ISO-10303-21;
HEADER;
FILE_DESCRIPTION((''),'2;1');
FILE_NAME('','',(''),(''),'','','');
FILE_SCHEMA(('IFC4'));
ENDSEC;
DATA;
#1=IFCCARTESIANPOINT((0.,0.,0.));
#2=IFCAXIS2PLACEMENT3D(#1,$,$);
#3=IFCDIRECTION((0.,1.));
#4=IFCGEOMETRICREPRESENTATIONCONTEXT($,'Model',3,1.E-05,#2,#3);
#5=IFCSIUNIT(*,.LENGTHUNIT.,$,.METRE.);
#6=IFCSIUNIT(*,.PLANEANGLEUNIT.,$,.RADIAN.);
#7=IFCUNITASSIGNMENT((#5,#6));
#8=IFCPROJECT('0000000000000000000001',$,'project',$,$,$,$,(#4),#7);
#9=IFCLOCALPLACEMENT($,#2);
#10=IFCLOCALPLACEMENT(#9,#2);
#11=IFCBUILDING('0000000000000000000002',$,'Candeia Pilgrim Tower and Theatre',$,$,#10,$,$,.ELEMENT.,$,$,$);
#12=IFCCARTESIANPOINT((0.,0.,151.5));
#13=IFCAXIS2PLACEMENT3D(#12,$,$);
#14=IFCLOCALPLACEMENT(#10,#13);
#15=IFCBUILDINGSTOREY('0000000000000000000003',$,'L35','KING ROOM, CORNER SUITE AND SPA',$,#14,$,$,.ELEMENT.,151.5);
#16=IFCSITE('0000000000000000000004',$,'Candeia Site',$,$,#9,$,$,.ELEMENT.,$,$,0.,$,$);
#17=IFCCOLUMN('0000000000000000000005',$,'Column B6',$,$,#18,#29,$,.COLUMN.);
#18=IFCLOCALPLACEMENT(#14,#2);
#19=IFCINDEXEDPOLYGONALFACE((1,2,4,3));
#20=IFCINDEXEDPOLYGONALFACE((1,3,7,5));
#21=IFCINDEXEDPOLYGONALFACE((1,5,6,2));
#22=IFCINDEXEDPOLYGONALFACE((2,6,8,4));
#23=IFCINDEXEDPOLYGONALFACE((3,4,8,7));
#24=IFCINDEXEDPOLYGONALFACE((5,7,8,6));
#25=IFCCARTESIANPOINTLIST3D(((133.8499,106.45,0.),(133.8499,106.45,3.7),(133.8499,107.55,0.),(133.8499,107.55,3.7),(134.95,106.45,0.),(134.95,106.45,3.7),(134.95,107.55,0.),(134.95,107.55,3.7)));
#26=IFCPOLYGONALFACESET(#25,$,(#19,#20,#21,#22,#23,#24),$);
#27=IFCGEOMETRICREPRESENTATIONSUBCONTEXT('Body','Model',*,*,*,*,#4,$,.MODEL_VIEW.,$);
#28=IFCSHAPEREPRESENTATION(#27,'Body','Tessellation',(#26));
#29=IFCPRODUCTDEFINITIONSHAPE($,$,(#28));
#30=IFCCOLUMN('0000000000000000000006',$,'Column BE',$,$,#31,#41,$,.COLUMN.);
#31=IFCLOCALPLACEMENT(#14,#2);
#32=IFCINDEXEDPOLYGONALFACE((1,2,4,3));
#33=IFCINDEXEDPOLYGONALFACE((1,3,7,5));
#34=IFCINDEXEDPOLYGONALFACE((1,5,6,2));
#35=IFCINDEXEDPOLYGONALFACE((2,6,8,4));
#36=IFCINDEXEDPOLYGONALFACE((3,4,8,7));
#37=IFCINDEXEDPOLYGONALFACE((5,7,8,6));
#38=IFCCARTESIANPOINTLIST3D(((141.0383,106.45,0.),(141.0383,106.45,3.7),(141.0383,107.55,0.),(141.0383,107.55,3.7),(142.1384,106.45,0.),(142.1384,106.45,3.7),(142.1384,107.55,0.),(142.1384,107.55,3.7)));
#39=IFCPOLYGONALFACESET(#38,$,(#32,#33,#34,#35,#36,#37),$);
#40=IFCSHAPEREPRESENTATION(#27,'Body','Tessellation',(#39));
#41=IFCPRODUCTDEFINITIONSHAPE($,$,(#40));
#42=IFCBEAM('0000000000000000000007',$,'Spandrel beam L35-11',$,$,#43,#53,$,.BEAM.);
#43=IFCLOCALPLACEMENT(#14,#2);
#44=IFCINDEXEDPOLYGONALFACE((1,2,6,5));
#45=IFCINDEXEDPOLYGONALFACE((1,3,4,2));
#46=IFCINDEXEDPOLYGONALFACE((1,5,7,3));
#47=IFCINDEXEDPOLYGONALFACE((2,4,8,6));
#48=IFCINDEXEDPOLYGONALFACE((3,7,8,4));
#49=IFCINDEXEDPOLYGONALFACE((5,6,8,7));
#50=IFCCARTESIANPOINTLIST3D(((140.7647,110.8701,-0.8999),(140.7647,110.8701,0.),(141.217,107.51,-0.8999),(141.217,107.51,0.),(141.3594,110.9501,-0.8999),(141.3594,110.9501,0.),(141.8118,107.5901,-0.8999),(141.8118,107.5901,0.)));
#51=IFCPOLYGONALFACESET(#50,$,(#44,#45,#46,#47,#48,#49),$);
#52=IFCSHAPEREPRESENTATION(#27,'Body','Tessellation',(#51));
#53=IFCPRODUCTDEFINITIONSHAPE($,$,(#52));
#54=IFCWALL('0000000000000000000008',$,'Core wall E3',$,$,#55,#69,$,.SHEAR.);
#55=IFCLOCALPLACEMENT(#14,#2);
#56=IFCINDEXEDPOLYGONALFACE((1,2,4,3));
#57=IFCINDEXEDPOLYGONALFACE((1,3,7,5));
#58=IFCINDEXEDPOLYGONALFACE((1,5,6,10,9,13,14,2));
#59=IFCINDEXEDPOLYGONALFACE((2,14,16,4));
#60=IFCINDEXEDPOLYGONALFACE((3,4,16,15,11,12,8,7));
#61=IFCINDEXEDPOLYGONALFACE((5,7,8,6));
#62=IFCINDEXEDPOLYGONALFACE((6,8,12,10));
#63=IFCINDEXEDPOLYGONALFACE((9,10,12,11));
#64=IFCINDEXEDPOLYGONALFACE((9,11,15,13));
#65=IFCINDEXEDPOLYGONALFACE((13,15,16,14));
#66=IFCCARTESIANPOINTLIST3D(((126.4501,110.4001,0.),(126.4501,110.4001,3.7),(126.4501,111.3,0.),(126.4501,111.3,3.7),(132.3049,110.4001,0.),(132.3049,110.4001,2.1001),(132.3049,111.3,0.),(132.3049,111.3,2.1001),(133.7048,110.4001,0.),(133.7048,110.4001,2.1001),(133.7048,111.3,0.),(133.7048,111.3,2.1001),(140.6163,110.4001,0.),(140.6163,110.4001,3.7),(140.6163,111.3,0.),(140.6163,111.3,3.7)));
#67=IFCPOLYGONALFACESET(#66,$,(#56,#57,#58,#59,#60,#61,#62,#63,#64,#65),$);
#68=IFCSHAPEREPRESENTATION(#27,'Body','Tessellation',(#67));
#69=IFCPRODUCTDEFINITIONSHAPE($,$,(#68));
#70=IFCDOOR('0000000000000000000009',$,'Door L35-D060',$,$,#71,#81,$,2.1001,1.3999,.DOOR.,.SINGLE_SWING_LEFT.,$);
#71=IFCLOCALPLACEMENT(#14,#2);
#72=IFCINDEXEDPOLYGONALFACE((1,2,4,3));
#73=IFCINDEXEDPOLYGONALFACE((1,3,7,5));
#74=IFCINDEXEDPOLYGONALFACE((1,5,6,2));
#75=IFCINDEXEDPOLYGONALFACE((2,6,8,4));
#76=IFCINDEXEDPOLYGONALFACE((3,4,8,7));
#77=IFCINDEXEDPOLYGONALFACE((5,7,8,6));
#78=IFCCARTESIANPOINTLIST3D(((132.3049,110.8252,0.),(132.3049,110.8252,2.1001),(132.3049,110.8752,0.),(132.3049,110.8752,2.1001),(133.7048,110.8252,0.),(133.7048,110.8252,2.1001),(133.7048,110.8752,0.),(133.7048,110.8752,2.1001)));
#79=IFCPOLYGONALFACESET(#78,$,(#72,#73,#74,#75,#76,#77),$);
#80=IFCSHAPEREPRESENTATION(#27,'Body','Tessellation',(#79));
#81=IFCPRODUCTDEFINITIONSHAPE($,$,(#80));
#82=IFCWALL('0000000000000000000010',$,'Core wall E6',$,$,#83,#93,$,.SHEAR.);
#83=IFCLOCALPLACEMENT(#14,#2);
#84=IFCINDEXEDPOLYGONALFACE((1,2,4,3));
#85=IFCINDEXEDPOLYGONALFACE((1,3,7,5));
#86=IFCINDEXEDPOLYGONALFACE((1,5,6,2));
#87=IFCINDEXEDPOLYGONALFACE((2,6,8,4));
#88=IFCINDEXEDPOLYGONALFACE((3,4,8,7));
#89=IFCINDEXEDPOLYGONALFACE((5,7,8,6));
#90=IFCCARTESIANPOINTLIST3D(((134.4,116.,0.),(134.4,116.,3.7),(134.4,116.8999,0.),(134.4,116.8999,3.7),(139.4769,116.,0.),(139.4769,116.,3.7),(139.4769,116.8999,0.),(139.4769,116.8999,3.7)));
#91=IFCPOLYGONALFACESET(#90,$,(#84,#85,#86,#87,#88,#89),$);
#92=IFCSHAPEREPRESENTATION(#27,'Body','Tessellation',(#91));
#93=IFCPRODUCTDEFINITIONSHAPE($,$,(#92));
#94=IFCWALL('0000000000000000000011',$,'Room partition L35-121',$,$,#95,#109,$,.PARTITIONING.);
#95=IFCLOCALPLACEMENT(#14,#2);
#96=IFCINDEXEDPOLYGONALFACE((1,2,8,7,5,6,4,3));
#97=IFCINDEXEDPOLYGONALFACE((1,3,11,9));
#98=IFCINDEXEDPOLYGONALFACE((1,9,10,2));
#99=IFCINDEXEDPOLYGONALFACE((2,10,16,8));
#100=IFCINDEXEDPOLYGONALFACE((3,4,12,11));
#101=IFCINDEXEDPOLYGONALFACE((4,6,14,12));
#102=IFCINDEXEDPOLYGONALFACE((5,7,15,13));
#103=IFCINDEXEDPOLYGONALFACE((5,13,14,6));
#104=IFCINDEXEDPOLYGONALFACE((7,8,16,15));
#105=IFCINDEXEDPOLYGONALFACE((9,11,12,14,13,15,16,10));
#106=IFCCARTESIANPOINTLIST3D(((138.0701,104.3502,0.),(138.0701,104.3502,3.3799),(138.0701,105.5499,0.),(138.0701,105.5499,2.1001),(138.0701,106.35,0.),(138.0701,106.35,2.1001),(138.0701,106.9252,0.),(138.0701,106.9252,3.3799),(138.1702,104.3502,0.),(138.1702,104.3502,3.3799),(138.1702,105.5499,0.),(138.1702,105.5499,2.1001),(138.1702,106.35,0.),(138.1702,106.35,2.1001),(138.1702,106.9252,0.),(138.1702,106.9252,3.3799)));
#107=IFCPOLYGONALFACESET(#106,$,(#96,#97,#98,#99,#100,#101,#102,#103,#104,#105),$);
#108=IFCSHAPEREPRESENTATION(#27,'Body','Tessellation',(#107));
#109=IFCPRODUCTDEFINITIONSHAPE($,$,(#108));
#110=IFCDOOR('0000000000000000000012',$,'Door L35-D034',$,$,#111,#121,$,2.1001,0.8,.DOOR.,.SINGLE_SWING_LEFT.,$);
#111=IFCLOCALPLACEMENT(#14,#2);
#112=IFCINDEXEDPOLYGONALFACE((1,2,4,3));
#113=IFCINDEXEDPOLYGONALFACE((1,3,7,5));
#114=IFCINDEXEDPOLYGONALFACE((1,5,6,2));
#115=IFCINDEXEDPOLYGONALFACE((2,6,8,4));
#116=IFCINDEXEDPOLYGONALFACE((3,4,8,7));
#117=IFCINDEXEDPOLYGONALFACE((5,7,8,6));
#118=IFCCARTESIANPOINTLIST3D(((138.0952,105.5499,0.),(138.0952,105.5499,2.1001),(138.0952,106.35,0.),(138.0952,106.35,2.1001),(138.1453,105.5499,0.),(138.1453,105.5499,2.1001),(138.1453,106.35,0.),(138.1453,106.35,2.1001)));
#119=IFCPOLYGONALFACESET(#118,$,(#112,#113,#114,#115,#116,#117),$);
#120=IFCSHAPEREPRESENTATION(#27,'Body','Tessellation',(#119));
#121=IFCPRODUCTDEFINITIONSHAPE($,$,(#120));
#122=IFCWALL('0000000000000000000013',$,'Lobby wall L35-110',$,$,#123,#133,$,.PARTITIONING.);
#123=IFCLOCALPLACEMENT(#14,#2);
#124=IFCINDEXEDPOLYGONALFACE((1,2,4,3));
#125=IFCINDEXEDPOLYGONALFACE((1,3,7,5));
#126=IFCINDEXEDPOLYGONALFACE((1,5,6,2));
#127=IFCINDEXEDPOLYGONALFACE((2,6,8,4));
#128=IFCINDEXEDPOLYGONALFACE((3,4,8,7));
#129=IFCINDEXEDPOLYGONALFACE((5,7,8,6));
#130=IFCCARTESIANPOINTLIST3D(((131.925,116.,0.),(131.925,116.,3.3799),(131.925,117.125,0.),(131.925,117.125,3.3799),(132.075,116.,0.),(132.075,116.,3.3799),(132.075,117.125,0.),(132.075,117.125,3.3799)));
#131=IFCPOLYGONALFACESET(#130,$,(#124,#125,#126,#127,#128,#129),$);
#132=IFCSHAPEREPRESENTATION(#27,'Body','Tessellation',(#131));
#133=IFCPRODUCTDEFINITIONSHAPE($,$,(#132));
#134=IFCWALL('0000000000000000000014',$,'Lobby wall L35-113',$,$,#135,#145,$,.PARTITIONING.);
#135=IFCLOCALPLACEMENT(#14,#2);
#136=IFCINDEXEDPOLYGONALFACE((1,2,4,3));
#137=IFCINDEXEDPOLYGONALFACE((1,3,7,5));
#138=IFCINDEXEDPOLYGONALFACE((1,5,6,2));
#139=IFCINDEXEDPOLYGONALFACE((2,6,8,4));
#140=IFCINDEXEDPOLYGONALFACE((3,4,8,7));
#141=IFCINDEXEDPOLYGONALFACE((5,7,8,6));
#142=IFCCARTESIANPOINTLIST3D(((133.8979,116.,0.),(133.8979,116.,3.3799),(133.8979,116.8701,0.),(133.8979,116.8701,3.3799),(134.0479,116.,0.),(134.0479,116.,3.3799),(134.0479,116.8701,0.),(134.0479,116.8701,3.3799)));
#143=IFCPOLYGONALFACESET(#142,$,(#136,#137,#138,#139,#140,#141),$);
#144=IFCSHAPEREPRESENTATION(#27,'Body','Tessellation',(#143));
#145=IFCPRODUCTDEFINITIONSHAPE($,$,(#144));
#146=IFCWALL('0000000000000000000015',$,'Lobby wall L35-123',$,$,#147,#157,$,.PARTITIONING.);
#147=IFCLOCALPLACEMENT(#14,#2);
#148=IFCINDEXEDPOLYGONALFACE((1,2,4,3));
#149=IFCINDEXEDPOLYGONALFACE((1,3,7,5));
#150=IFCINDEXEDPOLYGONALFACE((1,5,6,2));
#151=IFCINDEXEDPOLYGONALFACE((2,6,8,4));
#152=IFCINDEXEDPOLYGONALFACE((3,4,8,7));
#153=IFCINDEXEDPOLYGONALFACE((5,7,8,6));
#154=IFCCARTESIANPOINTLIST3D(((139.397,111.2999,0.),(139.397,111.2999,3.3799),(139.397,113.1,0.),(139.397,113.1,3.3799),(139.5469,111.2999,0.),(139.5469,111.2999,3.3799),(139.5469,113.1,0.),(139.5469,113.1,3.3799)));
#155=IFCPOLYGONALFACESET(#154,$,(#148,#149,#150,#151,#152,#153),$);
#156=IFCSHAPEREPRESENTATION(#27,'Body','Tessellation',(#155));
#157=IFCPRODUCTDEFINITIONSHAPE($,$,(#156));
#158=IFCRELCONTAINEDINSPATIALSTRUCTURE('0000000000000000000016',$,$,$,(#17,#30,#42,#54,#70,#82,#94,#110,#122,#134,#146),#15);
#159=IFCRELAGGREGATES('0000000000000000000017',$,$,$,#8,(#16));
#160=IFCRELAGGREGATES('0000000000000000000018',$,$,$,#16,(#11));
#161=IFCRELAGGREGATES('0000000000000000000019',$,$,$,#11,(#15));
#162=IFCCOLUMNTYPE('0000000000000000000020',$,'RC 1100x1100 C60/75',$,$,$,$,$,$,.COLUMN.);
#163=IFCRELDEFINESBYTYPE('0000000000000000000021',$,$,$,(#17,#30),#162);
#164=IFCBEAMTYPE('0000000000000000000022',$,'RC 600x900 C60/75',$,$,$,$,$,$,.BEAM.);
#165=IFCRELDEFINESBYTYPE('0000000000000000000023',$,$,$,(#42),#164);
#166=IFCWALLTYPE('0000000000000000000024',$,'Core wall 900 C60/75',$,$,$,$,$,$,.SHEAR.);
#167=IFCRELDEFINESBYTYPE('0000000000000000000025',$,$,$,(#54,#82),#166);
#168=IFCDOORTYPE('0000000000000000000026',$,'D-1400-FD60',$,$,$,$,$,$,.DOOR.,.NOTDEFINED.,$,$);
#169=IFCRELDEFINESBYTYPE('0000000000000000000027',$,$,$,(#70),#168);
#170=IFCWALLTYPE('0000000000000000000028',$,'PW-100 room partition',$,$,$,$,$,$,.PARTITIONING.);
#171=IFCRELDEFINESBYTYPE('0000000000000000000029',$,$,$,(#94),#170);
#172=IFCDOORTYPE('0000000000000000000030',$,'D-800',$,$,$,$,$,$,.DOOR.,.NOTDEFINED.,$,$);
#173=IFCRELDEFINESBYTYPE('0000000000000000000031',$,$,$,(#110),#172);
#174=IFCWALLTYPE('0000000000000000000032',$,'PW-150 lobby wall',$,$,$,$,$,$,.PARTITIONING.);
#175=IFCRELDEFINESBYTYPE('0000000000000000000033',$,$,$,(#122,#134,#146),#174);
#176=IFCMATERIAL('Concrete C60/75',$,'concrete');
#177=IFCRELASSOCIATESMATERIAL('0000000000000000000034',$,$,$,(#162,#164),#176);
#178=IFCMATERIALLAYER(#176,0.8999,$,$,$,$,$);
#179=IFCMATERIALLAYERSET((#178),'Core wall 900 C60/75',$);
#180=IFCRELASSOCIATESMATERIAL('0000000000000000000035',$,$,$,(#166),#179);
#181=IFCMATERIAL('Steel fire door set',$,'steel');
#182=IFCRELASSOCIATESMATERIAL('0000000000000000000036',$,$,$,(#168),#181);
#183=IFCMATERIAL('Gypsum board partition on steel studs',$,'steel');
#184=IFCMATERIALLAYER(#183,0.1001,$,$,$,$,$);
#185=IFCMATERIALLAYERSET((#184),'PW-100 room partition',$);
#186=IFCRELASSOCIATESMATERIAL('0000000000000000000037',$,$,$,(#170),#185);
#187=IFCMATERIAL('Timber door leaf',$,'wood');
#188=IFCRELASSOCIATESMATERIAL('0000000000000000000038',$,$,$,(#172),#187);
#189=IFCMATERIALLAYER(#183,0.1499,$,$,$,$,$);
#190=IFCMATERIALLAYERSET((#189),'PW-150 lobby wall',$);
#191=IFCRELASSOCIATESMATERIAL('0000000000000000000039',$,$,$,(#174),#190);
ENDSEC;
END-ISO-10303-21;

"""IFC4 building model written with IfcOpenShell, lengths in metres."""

from ifc_helpers import new_model, si_unit, direction, frame, frame_2d, origin, origin_2d, place, context, subcontext, project, spatial, rectangle, extrude, material, layer, layer_set, material_profile, profile_set, type_object, element, fill, save


model = new_model("IFC4")

# Units and contexts
model_context = context("Model", 3, precision=1e-05, world=origin(), true_north=direction((0.0, 1.0)))
body_context = subcontext(model_context, "Body", "Model", "MODEL_VIEW")
ifc_project = project(units=[si_unit("LENGTHUNIT", "METRE"), si_unit("PLANEANGLEUNIT", "RADIAN")], contexts=[model_context])

# Site, building, storey
site_placement = place(None, origin())
site = spatial("IfcSite", under=ifc_project, at=site_placement, Name="Candeia Site", CompositionType="ELEMENT", RefElevation=0.0)
building_placement = place(site_placement, origin())
building = spatial("IfcBuilding", under=site, at=building_placement, Name="Candeia Pilgrim Tower and Theatre", CompositionType="ELEMENT")
storey_placement = place(building_placement, frame((0.0, 0.0, 151.5)))
storey = spatial("IfcBuildingStorey", under=building, at=storey_placement, Name="L35", Description="KING ROOM, CORNER SUITE AND SPA", CompositionType="ELEMENT", Elevation=151.5)

# Columns
ifc_material_1 = material(Name="Concrete C60/75", Category="concrete")
ifc_material_profile_1 = material_profile(ifc_material_1, rectangle(XDim=1.1001, YDim=1.1001, at=origin_2d()))
ifc_profile_set_1 = profile_set([ifc_material_profile_1], Name="Concrete C60/75")
column_type = type_object("IfcColumnType", Name="RC 1100x1100 C60/75", PredefinedType="COLUMN", material=ifc_profile_set_1)
for number, where, z_axis, x_axis, name in (
    (1, (134.3999, 107.0, 0.0), (0.0, 0.0, 1.0), (1.0, 0.0, 0.0), "Column B6"),
    (2, (141.5884, 107.0, 0.0), (0.0, 0.0, 1.0), (1.0, 0.0, 0.0), "Column BE"),
):
    element("IfcColumn", number, at=place(storey_placement, frame(where, z_axis=z_axis, x_axis=x_axis)), inside=storey, type_object=column_type, Name=name, PredefinedType="COLUMN", context=body_context, shape_type="SweptSolid", body=[
        extrude(rectangle(XDim=1.1001, YDim=1.1001, at=origin_2d()), origin(), (0.0, 0.0, 1.0), 3.7),
    ])

# Beam
ifc_material_profile_2 = material_profile(ifc_material_1, rectangle(XDim=0.6001, YDim=0.8999, at=origin_2d()))
ifc_profile_set_2 = profile_set([ifc_material_profile_2], Name="Concrete C60/75")
beam_type = type_object("IfcBeamType", Name="RC 600x900 C60/75", PredefinedType="BEAM", material=ifc_profile_set_2)
beam_placement = place(storey_placement, frame((141.5144, 107.55, -0.45), z_axis=(-0.133432, 0.991058, 0.0), x_axis=(-0.991058, -0.133432, 0.0)))
element("IfcBeam", 3, at=beam_placement, inside=storey, type_object=beam_type, Name="Spandrel beam L35-11", PredefinedType="BEAM", context=body_context, shape_type="SweptSolid", body=[
    extrude(rectangle(XDim=0.6001, YDim=0.8999, at=origin_2d()), origin(), (0.0, 0.0, 1.0), 3.3904),
])

# Wall, opening, door
ifc_layer_1 = layer(ifc_material_1, 0.8999)
ifc_layer_set_1 = layer_set([ifc_layer_1], Name="Core wall 900 C60/75")
wall_type_1 = type_object("IfcWallType", Name="Core wall 900 C60/75", PredefinedType="SHEAR", material=ifc_layer_set_1)
wall_1_placement = place(storey_placement, frame((140.6162, 110.8501, 0.0), z_axis=(0.0, 0.0, 1.0), x_axis=(-1.0, 0.0, 0.0)))
wall_1 = element("IfcWall", 4, at=wall_1_placement, inside=storey, type_object=wall_type_1, Name="Core wall E3", PredefinedType="SHEAR", context=body_context, shape_type="SweptSolid", body=[
    extrude(rectangle(XDim=14.1663, YDim=0.8999, at=frame_2d((7.083, 0.0))), origin(), (0.0, 0.0, 1.0), 3.7),
])
opening_1_placement = place(wall_1_placement, frame((6.9114, 0.0, 0.0)))
opening_1 = element("IfcOpeningElement", 5, at=opening_1_placement, cuts=wall_1, PredefinedType="OPENING", context=body_context, shape_type="SweptSolid", body=[
    extrude(rectangle(XDim=1.3999, YDim=2.1001, at=frame_2d((0.7, 1.05))), frame((0.0, 0.46, 0.0), z_axis=(0.0, -1.0, 0.0), x_axis=(1.0, 0.0, 0.0)), (0.0, 0.0, 1.0), 0.9199),
])
ifc_material_2 = material(Name="Steel fire door set", Category="steel")
door_type_1 = type_object("IfcDoorType", Name="D-1400-FD60", OperationType="NOTDEFINED", PredefinedType="DOOR", material=ifc_material_2)
door_1_placement = place(opening_1_placement, origin())
door_1 = element("IfcDoor", 6, at=door_1_placement, inside=storey, type_object=door_type_1, Name="Door L35-D060", OperationType="SINGLE_SWING_LEFT", OverallHeight=2.1001, OverallWidth=1.3999, PredefinedType="DOOR", context=body_context, shape_type="SweptSolid", body=[
    extrude(rectangle(XDim=1.3999, YDim=2.1001, at=frame_2d((0.7, 1.05))), frame((0.0, 0.0249, 0.0), z_axis=(0.0, -1.0, 0.0), x_axis=(1.0, 0.0, 0.0)), (0.0, 0.0, 1.0), 0.05),
])
fill(opening_1, door_1)

# Wall
wall_2_placement = place(storey_placement, frame((134.3999, 116.45, 0.0), z_axis=(0.0, 0.0, 1.0), x_axis=(1.0, 0.0, 0.0)))
element("IfcWall", 7, at=wall_2_placement, inside=storey, type_object=wall_type_1, Name="Core wall E6", PredefinedType="SHEAR", context=body_context, shape_type="SweptSolid", body=[
    extrude(rectangle(XDim=5.0769, YDim=0.8999, at=frame_2d((2.5386, 0.0))), origin(), (0.0, 0.0, 1.0), 3.7),
])

# Wall, opening, door
ifc_material_3 = material(Name="Gypsum board partition on steel studs", Category="steel")
ifc_layer_2 = layer(ifc_material_3, 0.1001)
ifc_layer_set_2 = layer_set([ifc_layer_2], Name="PW-100 room partition")
wall_type_2 = type_object("IfcWallType", Name="PW-100 room partition", PredefinedType="PARTITIONING", material=ifc_layer_set_2)
wall_3_placement = place(storey_placement, frame((138.1201, 104.3501, 0.0), z_axis=(0.0, 0.0, 1.0), x_axis=(0.0, 1.0, 0.0)))
wall_3 = element("IfcWall", 8, at=wall_3_placement, inside=storey, type_object=wall_type_2, Name="Room partition L35-121", PredefinedType="PARTITIONING", context=body_context, shape_type="SweptSolid", body=[
    extrude(rectangle(XDim=2.575, YDim=0.1001, at=frame_2d((1.2876, 0.0))), origin(), (0.0, 0.0, 1.0), 3.3799),
])
opening_2_placement = place(wall_3_placement, frame((1.2, 0.0, 0.0)))
opening_2 = element("IfcOpeningElement", 9, at=opening_2_placement, cuts=wall_3, PredefinedType="OPENING", context=body_context, shape_type="SweptSolid", body=[
    extrude(rectangle(XDim=0.8, YDim=2.1001, at=frame_2d((0.3999, 1.05))), frame((0.0, 0.0601, 0.0), z_axis=(0.0, -1.0, 0.0), x_axis=(1.0, 0.0, 0.0)), (0.0, 0.0, 1.0), 0.1201),
])
ifc_material_4 = material(Name="Timber door leaf", Category="wood")
door_type_2 = type_object("IfcDoorType", Name="D-800", OperationType="NOTDEFINED", PredefinedType="DOOR", material=ifc_material_4)
door_2_placement = place(opening_2_placement, origin())
door_2 = element("IfcDoor", 10, at=door_2_placement, inside=storey, type_object=door_type_2, Name="Door L35-D034", OperationType="SINGLE_SWING_LEFT", OverallHeight=2.1001, OverallWidth=0.8, PredefinedType="DOOR", context=body_context, shape_type="SweptSolid", body=[
    extrude(rectangle(XDim=0.8, YDim=2.1001, at=frame_2d((0.3999, 1.05))), frame((0.0, 0.0249, 0.0), z_axis=(0.0, -1.0, 0.0), x_axis=(1.0, 0.0, 0.0)), (0.0, 0.0, 1.0), 0.05),
])
fill(opening_2, door_2)

# Walls
ifc_layer_3 = layer(ifc_material_3, 0.1499)
ifc_layer_set_3 = layer_set([ifc_layer_3], Name="PW-150 lobby wall")
wall_type_3 = type_object("IfcWallType", Name="PW-150 lobby wall", PredefinedType="PARTITIONING", material=ifc_layer_set_3)
wall_4_placement = place(storey_placement, frame((132.0, 116.0, 0.0), z_axis=(0.0, 0.0, 1.0), x_axis=(0.0, 1.0, 0.0)))
element("IfcWall", 11, at=wall_4_placement, inside=storey, type_object=wall_type_3, Name="Lobby wall L35-110", PredefinedType="PARTITIONING", context=body_context, shape_type="SweptSolid", body=[
    extrude(rectangle(XDim=1.125, YDim=0.1499, at=frame_2d((0.5625, 0.0))), origin(), (0.0, 0.0, 1.0), 3.3799),
])
wall_5_placement = place(storey_placement, frame((133.9729, 116.0, 0.0), z_axis=(0.0, 0.0, 1.0), x_axis=(0.0, 1.0, 0.0)))
element("IfcWall", 12, at=wall_5_placement, inside=storey, type_object=wall_type_3, Name="Lobby wall L35-113", PredefinedType="PARTITIONING", context=body_context, shape_type="SweptSolid", body=[
    extrude(rectangle(XDim=0.8701, YDim=0.1499, at=frame_2d((0.4351, 0.0))), origin(), (0.0, 0.0, 1.0), 3.3799),
])
wall_6_placement = place(storey_placement, frame((139.4719, 111.3, 0.0), z_axis=(0.0, 0.0, 1.0), x_axis=(0.0, 1.0, 0.0)))
element("IfcWall", 13, at=wall_6_placement, inside=storey, type_object=wall_type_3, Name="Lobby wall L35-123", PredefinedType="PARTITIONING", context=body_context, shape_type="SweptSolid", body=[
    extrude(rectangle(XDim=1.8, YDim=0.1499, at=frame_2d((0.8999, 0.0))), origin(), (0.0, 0.0, 1.0), 3.3799),
])

save(model, "model.ifc")
